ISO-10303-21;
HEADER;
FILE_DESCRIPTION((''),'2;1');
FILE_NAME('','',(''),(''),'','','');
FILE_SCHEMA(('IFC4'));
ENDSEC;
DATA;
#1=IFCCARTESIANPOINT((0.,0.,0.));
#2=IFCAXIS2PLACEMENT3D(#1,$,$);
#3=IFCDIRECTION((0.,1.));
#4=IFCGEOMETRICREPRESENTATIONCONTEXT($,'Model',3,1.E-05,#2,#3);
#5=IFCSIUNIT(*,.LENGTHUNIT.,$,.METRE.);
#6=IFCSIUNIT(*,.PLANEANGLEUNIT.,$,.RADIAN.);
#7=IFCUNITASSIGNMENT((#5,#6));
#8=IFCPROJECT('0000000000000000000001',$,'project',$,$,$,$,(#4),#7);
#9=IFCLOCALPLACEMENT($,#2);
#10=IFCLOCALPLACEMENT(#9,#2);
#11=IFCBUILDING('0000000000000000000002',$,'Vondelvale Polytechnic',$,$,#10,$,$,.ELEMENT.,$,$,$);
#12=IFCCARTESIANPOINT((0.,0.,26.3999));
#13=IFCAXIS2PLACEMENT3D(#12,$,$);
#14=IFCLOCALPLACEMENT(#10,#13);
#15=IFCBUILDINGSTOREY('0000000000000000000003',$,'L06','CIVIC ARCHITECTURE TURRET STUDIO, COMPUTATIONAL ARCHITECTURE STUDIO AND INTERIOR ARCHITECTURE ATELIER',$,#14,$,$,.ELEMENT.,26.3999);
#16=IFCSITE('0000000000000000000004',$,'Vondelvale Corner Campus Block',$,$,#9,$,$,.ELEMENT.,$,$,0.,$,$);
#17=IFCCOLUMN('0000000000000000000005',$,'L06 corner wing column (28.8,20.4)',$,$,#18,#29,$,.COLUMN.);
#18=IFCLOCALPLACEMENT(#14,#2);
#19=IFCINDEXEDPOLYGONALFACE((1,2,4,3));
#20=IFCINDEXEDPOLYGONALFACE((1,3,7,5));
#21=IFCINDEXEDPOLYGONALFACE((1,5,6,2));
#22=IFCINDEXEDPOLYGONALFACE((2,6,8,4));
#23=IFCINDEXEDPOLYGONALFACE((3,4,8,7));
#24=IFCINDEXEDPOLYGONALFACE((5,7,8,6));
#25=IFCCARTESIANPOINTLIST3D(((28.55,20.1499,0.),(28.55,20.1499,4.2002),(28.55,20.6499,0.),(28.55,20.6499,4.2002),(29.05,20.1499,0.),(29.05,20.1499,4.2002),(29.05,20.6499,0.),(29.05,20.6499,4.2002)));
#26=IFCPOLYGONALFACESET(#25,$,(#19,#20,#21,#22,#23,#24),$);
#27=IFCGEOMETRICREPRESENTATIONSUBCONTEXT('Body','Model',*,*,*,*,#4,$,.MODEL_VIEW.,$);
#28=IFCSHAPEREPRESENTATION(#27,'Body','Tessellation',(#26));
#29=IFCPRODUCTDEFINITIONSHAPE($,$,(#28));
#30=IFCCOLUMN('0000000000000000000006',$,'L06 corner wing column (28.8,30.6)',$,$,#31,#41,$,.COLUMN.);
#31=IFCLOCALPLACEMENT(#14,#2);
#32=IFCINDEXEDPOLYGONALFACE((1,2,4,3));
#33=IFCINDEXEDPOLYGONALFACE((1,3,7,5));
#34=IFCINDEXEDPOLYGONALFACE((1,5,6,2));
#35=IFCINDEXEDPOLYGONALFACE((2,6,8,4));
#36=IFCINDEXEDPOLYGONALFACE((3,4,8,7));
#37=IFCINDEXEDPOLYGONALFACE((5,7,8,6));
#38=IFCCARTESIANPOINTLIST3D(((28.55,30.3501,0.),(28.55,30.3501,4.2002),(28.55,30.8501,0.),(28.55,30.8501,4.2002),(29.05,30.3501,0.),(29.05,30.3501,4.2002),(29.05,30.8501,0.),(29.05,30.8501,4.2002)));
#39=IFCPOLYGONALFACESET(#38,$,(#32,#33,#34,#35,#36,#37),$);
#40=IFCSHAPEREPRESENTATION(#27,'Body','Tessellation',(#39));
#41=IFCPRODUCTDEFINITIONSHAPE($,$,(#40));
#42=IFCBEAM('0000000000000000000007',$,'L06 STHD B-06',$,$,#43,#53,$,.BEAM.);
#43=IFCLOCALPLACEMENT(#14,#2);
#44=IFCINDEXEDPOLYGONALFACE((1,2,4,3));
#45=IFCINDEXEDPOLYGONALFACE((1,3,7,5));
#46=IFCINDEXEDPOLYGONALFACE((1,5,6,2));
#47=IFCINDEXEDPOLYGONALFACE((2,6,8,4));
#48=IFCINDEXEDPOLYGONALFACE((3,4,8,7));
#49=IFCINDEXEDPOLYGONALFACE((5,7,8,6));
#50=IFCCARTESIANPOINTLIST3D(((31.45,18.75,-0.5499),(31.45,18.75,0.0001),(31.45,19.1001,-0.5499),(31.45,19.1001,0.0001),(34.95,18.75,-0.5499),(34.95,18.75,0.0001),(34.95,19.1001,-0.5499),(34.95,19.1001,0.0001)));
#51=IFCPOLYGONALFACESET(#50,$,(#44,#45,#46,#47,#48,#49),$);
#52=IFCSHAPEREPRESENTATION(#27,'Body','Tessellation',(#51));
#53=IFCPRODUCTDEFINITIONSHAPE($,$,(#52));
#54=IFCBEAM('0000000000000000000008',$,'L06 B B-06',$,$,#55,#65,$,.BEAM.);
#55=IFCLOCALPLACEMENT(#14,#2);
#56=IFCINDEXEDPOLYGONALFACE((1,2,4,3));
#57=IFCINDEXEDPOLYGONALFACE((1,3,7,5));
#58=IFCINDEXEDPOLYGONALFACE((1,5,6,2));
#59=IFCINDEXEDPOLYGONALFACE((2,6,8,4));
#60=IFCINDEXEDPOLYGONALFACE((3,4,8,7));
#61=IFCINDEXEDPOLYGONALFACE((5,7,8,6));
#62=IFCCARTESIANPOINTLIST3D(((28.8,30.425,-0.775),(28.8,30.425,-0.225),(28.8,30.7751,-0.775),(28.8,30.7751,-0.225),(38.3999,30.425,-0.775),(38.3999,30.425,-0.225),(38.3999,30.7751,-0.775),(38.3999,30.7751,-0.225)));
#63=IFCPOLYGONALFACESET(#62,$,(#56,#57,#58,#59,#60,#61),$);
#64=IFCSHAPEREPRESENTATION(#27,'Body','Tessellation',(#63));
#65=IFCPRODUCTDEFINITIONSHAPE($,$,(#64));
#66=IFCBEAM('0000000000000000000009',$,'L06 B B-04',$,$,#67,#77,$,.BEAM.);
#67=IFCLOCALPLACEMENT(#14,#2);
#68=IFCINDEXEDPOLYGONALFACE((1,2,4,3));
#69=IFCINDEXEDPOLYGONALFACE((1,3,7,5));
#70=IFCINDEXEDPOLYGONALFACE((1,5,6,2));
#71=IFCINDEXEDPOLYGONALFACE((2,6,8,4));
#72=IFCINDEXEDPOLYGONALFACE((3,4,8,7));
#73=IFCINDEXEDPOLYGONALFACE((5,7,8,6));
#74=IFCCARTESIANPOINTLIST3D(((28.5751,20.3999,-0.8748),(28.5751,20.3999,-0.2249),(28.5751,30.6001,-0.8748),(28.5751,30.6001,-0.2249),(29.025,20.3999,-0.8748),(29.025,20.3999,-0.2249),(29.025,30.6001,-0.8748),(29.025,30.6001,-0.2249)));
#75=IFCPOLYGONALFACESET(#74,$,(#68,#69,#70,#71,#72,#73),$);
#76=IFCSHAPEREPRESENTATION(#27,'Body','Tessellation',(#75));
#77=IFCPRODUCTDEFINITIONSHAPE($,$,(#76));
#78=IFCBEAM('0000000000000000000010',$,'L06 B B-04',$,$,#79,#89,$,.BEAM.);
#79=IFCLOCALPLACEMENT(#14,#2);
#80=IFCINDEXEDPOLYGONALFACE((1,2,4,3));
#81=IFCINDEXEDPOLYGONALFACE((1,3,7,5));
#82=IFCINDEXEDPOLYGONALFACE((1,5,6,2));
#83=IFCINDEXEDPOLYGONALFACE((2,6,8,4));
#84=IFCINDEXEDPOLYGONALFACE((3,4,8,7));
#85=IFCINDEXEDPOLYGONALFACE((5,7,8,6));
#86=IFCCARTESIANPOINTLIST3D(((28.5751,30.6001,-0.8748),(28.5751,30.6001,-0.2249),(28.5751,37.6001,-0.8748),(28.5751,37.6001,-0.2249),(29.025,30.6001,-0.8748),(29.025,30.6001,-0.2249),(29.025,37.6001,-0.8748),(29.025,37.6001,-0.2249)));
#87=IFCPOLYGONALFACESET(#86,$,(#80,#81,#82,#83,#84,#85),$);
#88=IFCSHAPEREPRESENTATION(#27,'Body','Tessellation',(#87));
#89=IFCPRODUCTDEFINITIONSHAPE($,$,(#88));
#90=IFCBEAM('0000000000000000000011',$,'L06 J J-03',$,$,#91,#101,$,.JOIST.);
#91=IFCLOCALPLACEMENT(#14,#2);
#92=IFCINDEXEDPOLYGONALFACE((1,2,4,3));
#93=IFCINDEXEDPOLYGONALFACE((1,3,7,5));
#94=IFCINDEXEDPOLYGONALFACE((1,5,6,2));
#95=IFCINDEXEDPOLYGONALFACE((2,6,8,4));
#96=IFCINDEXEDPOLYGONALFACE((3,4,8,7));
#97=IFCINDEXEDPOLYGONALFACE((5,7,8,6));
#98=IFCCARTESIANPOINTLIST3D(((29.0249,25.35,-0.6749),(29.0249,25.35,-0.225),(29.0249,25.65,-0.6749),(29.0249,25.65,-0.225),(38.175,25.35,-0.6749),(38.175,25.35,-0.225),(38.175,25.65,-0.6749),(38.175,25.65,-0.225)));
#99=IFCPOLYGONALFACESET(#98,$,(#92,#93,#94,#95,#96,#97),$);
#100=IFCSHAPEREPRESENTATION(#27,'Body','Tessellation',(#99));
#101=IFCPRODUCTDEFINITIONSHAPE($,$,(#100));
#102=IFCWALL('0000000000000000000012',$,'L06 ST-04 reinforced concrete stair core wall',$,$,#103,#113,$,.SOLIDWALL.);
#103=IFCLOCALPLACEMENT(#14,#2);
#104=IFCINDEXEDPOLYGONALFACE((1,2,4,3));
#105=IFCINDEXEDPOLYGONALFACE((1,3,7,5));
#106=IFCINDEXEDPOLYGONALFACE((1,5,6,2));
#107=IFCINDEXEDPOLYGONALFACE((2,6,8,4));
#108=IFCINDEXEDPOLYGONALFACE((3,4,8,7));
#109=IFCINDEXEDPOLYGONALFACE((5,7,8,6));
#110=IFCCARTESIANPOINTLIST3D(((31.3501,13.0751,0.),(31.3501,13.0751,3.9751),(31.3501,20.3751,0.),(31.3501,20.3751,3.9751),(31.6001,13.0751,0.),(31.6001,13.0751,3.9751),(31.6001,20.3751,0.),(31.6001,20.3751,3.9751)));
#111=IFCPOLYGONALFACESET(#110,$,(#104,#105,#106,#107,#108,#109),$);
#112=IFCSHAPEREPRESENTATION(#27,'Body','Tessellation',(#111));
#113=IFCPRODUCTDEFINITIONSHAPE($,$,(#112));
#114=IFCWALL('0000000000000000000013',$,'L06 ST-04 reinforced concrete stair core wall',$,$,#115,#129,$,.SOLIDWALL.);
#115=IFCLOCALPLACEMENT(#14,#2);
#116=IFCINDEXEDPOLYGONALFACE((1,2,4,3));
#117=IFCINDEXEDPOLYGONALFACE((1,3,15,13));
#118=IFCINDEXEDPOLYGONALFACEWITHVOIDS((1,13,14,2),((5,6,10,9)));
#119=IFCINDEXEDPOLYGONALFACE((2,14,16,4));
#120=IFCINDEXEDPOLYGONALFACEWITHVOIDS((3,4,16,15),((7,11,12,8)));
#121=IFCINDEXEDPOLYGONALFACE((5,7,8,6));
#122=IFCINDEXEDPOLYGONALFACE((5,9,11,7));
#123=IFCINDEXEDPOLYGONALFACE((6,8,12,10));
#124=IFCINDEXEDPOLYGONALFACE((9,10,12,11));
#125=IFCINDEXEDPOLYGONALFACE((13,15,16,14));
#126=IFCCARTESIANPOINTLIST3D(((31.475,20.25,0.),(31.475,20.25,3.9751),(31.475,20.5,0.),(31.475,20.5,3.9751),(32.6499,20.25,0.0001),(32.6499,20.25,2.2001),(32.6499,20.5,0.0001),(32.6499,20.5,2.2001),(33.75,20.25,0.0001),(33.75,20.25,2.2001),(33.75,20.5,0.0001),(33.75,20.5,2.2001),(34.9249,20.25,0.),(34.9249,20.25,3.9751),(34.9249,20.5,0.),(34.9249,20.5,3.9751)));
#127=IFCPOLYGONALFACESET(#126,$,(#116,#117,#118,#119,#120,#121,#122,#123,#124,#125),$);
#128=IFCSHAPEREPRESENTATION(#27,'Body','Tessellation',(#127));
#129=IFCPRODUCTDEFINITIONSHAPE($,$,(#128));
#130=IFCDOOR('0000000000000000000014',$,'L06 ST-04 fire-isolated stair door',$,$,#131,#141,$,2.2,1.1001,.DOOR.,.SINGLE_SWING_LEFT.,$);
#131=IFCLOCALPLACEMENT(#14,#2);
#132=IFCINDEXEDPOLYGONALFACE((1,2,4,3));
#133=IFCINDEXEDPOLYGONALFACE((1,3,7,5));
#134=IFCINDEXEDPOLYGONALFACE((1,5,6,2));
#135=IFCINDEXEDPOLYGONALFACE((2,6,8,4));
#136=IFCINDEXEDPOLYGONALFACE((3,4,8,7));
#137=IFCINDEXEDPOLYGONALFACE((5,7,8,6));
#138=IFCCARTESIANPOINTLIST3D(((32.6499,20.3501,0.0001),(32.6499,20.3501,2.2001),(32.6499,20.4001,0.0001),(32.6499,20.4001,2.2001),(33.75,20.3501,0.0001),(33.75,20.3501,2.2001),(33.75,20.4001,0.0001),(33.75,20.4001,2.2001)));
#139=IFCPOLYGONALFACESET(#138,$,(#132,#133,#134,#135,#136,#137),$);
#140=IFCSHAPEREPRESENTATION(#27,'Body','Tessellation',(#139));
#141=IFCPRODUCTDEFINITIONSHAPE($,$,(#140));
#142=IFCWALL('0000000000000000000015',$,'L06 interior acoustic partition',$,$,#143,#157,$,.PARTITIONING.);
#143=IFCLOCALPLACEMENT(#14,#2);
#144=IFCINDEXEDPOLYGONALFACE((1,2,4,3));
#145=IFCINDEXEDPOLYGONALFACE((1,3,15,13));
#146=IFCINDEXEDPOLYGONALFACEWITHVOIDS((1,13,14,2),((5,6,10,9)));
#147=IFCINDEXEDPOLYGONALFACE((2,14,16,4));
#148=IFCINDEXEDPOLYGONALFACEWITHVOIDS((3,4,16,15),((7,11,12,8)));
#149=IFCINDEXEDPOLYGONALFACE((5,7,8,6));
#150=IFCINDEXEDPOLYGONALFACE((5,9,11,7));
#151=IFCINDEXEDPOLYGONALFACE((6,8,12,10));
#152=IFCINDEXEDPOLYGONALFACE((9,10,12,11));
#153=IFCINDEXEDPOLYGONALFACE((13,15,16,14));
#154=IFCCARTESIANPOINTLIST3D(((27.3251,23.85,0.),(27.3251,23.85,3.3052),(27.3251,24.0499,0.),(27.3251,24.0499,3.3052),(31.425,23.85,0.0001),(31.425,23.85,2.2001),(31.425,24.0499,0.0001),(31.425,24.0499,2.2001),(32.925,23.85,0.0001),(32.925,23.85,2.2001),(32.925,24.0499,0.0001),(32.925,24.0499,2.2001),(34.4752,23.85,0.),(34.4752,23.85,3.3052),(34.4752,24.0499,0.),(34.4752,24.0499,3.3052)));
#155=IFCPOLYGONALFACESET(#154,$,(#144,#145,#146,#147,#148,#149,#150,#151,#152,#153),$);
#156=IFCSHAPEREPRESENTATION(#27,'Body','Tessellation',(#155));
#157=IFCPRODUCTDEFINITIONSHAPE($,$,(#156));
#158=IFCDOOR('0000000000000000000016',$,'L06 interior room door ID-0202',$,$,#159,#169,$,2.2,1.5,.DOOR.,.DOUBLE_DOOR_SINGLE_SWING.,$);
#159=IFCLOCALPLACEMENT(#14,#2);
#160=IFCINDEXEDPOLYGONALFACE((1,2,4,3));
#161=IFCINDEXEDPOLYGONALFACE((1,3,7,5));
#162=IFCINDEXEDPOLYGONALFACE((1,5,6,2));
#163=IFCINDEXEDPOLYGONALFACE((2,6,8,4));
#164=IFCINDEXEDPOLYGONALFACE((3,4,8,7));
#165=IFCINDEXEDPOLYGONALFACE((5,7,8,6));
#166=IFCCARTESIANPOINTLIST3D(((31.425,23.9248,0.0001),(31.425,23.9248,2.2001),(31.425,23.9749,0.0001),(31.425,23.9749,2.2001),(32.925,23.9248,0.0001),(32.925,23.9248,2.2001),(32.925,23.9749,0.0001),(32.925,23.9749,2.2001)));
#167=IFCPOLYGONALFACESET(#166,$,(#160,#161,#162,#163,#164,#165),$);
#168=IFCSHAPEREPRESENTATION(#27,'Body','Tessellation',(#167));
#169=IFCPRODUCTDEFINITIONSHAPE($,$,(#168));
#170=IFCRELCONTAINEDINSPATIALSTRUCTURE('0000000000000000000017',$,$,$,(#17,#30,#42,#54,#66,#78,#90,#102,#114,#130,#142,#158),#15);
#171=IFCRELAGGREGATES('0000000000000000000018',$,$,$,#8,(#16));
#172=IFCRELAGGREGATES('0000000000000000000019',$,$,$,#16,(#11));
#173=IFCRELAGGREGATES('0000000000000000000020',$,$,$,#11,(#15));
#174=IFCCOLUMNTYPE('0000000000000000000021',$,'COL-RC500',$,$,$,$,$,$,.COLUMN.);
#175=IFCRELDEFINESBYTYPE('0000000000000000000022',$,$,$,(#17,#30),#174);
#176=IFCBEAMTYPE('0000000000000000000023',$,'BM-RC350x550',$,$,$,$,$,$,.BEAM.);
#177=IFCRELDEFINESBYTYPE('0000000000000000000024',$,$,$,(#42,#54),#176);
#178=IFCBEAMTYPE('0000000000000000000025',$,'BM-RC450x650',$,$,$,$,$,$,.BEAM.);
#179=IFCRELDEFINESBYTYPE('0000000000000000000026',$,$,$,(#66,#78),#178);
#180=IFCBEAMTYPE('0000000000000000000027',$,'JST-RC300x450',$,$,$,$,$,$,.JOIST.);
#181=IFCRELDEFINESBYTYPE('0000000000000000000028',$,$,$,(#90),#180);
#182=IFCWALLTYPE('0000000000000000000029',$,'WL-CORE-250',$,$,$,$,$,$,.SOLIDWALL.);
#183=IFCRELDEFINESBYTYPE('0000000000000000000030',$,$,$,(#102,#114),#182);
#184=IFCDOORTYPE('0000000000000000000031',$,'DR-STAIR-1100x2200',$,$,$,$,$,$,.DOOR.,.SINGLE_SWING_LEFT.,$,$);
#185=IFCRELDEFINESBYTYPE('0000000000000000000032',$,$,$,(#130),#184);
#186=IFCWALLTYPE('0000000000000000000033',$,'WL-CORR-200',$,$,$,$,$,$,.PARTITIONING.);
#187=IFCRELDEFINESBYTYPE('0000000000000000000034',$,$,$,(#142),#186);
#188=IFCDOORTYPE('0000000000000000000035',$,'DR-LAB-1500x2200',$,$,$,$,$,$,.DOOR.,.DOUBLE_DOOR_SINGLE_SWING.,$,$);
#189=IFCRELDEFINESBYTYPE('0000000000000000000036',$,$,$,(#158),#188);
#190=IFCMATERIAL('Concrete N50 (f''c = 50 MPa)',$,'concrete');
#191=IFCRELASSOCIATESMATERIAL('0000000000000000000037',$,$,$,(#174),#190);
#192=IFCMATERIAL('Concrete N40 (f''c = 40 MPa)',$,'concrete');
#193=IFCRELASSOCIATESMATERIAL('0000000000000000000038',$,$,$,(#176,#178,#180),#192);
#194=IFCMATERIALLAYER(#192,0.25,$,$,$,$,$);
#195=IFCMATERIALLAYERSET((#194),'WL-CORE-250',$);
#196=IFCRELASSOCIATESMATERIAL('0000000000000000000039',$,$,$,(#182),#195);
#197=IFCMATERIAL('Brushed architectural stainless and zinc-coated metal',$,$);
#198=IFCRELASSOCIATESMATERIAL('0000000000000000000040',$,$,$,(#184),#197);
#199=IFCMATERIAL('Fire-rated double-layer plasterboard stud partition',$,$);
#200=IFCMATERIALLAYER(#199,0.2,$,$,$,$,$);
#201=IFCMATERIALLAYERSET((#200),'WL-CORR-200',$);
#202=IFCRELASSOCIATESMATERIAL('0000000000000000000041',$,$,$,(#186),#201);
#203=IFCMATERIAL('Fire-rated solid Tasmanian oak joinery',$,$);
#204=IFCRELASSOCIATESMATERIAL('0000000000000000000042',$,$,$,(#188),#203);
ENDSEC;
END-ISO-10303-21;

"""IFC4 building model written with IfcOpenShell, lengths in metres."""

from ifc_helpers import new_model, si_unit, direction, frame, frame_2d, origin, origin_2d, place, context, subcontext, project, spatial, rectangle, extrude, material, layer, layer_set, material_profile, profile_set, type_object, element, fill, save


model = new_model("IFC4")

# Units and contexts
model_context = context("Model", 3, precision=1e-05, world=origin(), true_north=direction((0.0, 1.0)))
body_context = subcontext(model_context, "Body", "Model", "MODEL_VIEW")
ifc_project = project(units=[si_unit("LENGTHUNIT", "METRE"), si_unit("PLANEANGLEUNIT", "RADIAN")], contexts=[model_context])

# Site, building, storey
site_placement = place(None, origin())
site = spatial("IfcSite", under=ifc_project, at=site_placement, Name="Vondelvale Corner Campus Block", CompositionType="ELEMENT", RefElevation=0.0)
building_placement = place(site_placement, origin())
building = spatial("IfcBuilding", under=site, at=building_placement, Name="Vondelvale Polytechnic", CompositionType="ELEMENT")
storey_placement = place(building_placement, frame((0.0, 0.0, 26.3999)))
storey = spatial("IfcBuildingStorey", under=building, at=storey_placement, Name="L06", Description="CIVIC ARCHITECTURE TURRET STUDIO, COMPUTATIONAL ARCHITECTURE STUDIO AND INTERIOR ARCHITECTURE ATELIER", CompositionType="ELEMENT", Elevation=26.3999)

# Columns
ifc_material_1 = material(Name="Concrete N50 (f'c = 50 MPa)", Category="concrete")
ifc_material_profile_1 = material_profile(ifc_material_1, rectangle(XDim=0.5, YDim=0.5, at=origin_2d()), Name="RC-COL-500x500")
ifc_profile_set_1 = profile_set([ifc_material_profile_1], Name="Concrete N50 (f'c = 50 MPa)")
column_type = type_object("IfcColumnType", Name="COL-RC500", PredefinedType="COLUMN", material=ifc_profile_set_1)
for number, where, z_axis, x_axis, name in (
    (1, (28.8, 20.3999, 0.0), (0.0, 0.0, 1.0), (1.0, 0.0, 0.0), "L06 corner wing column (28.8,20.4)"),
    (2, (28.8, 30.6001, 0.0), (0.0, 0.0, 1.0), (1.0, 0.0, 0.0), "L06 corner wing column (28.8,30.6)"),
):
    element("IfcColumn", number, at=place(storey_placement, frame(where, z_axis=z_axis, x_axis=x_axis)), inside=storey, type_object=column_type, Name=name, PredefinedType="COLUMN", context=body_context, shape_type="SweptSolid", body=[
        extrude(rectangle(XDim=0.5, YDim=0.5, at=origin_2d()), origin(), (0.0, 0.0, 1.0), 4.2002),
    ])

# Beams
ifc_material_2 = material(Name="Concrete N40 (f'c = 40 MPa)", Category="concrete")
ifc_material_profile_2 = material_profile(ifc_material_2, rectangle(XDim=0.3501, YDim=0.55, at=origin_2d()), Name="RC-BM-350x550")
ifc_profile_set_2 = profile_set([ifc_material_profile_2], Name="Concrete N40 (f'c = 40 MPa)")
beam_type_1 = type_object("IfcBeamType", Name="BM-RC350x550", PredefinedType="BEAM", material=ifc_profile_set_2)
beam_1_placement = place(storey_placement, frame((31.45, 18.925, -0.2749), z_axis=(1.0, 0.0, 0.0), x_axis=(0.0, 1.0, 0.0)))
element("IfcBeam", 3, at=beam_1_placement, inside=storey, type_object=beam_type_1, Name="L06 STHD B-06", PredefinedType="BEAM", context=body_context, shape_type="SweptSolid", body=[
    extrude(rectangle(XDim=0.3501, YDim=0.55, at=origin_2d()), origin(), (0.0, 0.0, 1.0), 3.5),
])
beam_2_placement = place(storey_placement, frame((28.8, 30.6001, -0.5), z_axis=(1.0, 0.0, 0.0), x_axis=(0.0, 1.0, 0.0)))
element("IfcBeam", 4, at=beam_2_placement, inside=storey, type_object=beam_type_1, Name="L06 B B-06", PredefinedType="BEAM", context=body_context, shape_type="SweptSolid", body=[
    extrude(rectangle(XDim=0.3501, YDim=0.55, at=origin_2d()), origin(), (0.0, 0.0, 1.0), 9.5999),
])
ifc_material_profile_3 = material_profile(ifc_material_2, rectangle(XDim=0.45, YDim=0.6499, at=origin_2d()), Name="RC-BM-450x650")
ifc_profile_set_3 = profile_set([ifc_material_profile_3], Name="Concrete N40 (f'c = 40 MPa)")
beam_type_2 = type_object("IfcBeamType", Name="BM-RC450x650", PredefinedType="BEAM", material=ifc_profile_set_3)
beam_3_placement = place(storey_placement, frame((28.8, 20.3999, -0.5498), z_axis=(0.0, 1.0, 0.0), x_axis=(-1.0, 0.0, 0.0)))
element("IfcBeam", 5, at=beam_3_placement, inside=storey, type_object=beam_type_2, Name="L06 B B-04", PredefinedType="BEAM", context=body_context, shape_type="SweptSolid", body=[
    extrude(rectangle(XDim=0.45, YDim=0.6499, at=origin_2d()), origin(), (0.0, 0.0, 1.0), 10.2002),
])
beam_4_placement = place(storey_placement, frame((28.8, 30.6001, -0.5498), z_axis=(0.0, 1.0, 0.0), x_axis=(-1.0, 0.0, 0.0)))
element("IfcBeam", 6, at=beam_4_placement, inside=storey, type_object=beam_type_2, Name="L06 B B-04", PredefinedType="BEAM", context=body_context, shape_type="SweptSolid", body=[
    extrude(rectangle(XDim=0.45, YDim=0.6499, at=origin_2d()), origin(), (0.0, 0.0, 1.0), 7.0),
])
ifc_material_profile_4 = material_profile(ifc_material_2, rectangle(XDim=0.3, YDim=0.45, at=origin_2d()), Name="RC-JST-300x450")
ifc_profile_set_4 = profile_set([ifc_material_profile_4], Name="Concrete N40 (f'c = 40 MPa)")
beam_type_3 = type_object("IfcBeamType", Name="JST-RC300x450", PredefinedType="JOIST", material=ifc_profile_set_4)
beam_5_placement = place(storey_placement, frame((29.0249, 25.5, -0.45), z_axis=(1.0, 0.0, 0.0), x_axis=(0.0, 1.0, 0.0)))
element("IfcBeam", 7, at=beam_5_placement, inside=storey, type_object=beam_type_3, Name="L06 J J-03", PredefinedType="JOIST", context=body_context, shape_type="SweptSolid", body=[
    extrude(rectangle(XDim=0.3, YDim=0.45, at=origin_2d()), origin(), (0.0, 0.0, 1.0), 9.1501),
])

# Wall
ifc_layer_1 = layer(ifc_material_2, 0.25)
ifc_layer_set_1 = layer_set([ifc_layer_1], Name="WL-CORE-250")
wall_type_1 = type_object("IfcWallType", Name="WL-CORE-250", PredefinedType="SOLIDWALL", material=ifc_layer_set_1)
wall_1_placement = place(storey_placement, frame((31.4751, 20.375, 0.0), z_axis=(0.0, 0.0, 1.0), x_axis=(0.0, -1.0, 0.0)))
element("IfcWall", 8, at=wall_1_placement, inside=storey, type_object=wall_type_1, Name="L06 ST-04 reinforced concrete stair core wall", PredefinedType="SOLIDWALL", context=body_context, shape_type="SweptSolid", body=[
    extrude(rectangle(XDim=7.3, YDim=0.25, at=frame_2d((3.6499, 0.0))), origin(), (0.0, 0.0, 1.0), 3.9751),
])

# Walls, openings, doors
wall_2_placement = place(storey_placement, frame((34.925, 20.375, 0.0), z_axis=(0.0, 0.0, 1.0), x_axis=(-1.0, 0.0, 0.0)))
wall_2 = element("IfcWall", 9, at=wall_2_placement, inside=storey, type_object=wall_type_1, Name="L06 ST-04 reinforced concrete stair core wall", PredefinedType="SOLIDWALL", context=body_context, shape_type="SweptSolid", body=[
    extrude(rectangle(XDim=3.45, YDim=0.25, at=frame_2d((1.7251, 0.0))), origin(), (0.0, 0.0, 1.0), 3.9751),
])
opening_1_placement = place(wall_2_placement, frame((1.175, 0.0, 0.0)))
opening_1 = element("IfcOpeningElement", 10, at=opening_1_placement, cuts=wall_2, PredefinedType="OPENING", context=body_context, shape_type="SweptSolid", body=[
    extrude(rectangle(XDim=1.1001, YDim=2.2, at=frame_2d((0.55, 1.1001))), frame((0.0, 0.135, 0.0), z_axis=(0.0, -1.0, 0.0), x_axis=(1.0, 0.0, 0.0)), (0.0, 0.0, 1.0), 0.27),
])
ifc_material_3 = material(Name="Brushed architectural stainless and zinc-coated metal")
door_type_1 = type_object("IfcDoorType", Name="DR-STAIR-1100x2200", OperationType="SINGLE_SWING_LEFT", PredefinedType="DOOR", material=ifc_material_3)
door_1_placement = place(opening_1_placement, origin())
door_1 = element("IfcDoor", 11, at=door_1_placement, inside=storey, type_object=door_type_1, Name="L06 ST-04 fire-isolated stair door", OperationType="SINGLE_SWING_LEFT", OverallHeight=2.2, OverallWidth=1.1001, PredefinedType="DOOR", context=body_context, shape_type="SweptSolid", body=[
    extrude(rectangle(XDim=1.1001, YDim=2.2, at=frame_2d((0.55, 1.1001))), frame((0.0, 0.0249, 0.0), z_axis=(0.0, -1.0, 0.0), x_axis=(1.0, 0.0, 0.0)), (0.0, 0.0, 1.0), 0.05),
])
fill(opening_1, door_1)
ifc_material_4 = material(Name="Fire-rated double-layer plasterboard stud partition")
ifc_layer_2 = layer(ifc_material_4, 0.2)
ifc_layer_set_2 = layer_set([ifc_layer_2], Name="WL-CORR-200")
wall_type_2 = type_object("IfcWallType", Name="WL-CORR-200", PredefinedType="PARTITIONING", material=ifc_layer_set_2)
ifc_material_5 = material(Name="Fire-rated solid Tasmanian oak joinery")
wall_3_placement = place(storey_placement, frame((27.325, 23.95, 0.0), z_axis=(0.0, 0.0, 1.0), x_axis=(1.0, 0.0, 0.0)))
wall_3 = element("IfcWall", 12, at=wall_3_placement, inside=storey, type_object=wall_type_2, Name="L06 interior acoustic partition", PredefinedType="PARTITIONING", context=body_context, shape_type="SweptSolid", body=[
    extrude(rectangle(XDim=7.1501, YDim=0.2, at=frame_2d((3.5752, 0.0))), origin(), (0.0, 0.0, 1.0), 3.3052),
])
opening_2_placement = place(wall_3_placement, frame((4.1001, 0.0, 0.0)))
opening_2 = element("IfcOpeningElement", 13, at=opening_2_placement, cuts=wall_3, PredefinedType="OPENING", context=body_context, shape_type="SweptSolid", body=[
    extrude(rectangle(XDim=1.5, YDim=2.2, at=frame_2d((0.75, 1.1001))), frame((0.0, 0.1099, 0.0), z_axis=(0.0, -1.0, 0.0), x_axis=(1.0, 0.0, 0.0)), (0.0, 0.0, 1.0), 0.22),
])
door_type_2 = type_object("IfcDoorType", Name="DR-LAB-1500x2200", OperationType="DOUBLE_DOOR_SINGLE_SWING", PredefinedType="DOOR", material=ifc_material_5)
door_2_placement = place(opening_2_placement, origin())
door_2 = element("IfcDoor", 14, at=door_2_placement, inside=storey, type_object=door_type_2, Name="L06 interior room door ID-0202", OperationType="DOUBLE_DOOR_SINGLE_SWING", OverallHeight=2.2, OverallWidth=1.5, PredefinedType="DOOR", context=body_context, shape_type="SweptSolid", body=[
    extrude(rectangle(XDim=1.5, YDim=2.2, at=frame_2d((0.75, 1.1001))), frame((0.0, 0.0249, 0.0), z_axis=(0.0, -1.0, 0.0), x_axis=(1.0, 0.0, 0.0)), (0.0, 0.0, 1.0), 0.05),
])
fill(opening_2, door_2)

save(model, "model.ifc")
